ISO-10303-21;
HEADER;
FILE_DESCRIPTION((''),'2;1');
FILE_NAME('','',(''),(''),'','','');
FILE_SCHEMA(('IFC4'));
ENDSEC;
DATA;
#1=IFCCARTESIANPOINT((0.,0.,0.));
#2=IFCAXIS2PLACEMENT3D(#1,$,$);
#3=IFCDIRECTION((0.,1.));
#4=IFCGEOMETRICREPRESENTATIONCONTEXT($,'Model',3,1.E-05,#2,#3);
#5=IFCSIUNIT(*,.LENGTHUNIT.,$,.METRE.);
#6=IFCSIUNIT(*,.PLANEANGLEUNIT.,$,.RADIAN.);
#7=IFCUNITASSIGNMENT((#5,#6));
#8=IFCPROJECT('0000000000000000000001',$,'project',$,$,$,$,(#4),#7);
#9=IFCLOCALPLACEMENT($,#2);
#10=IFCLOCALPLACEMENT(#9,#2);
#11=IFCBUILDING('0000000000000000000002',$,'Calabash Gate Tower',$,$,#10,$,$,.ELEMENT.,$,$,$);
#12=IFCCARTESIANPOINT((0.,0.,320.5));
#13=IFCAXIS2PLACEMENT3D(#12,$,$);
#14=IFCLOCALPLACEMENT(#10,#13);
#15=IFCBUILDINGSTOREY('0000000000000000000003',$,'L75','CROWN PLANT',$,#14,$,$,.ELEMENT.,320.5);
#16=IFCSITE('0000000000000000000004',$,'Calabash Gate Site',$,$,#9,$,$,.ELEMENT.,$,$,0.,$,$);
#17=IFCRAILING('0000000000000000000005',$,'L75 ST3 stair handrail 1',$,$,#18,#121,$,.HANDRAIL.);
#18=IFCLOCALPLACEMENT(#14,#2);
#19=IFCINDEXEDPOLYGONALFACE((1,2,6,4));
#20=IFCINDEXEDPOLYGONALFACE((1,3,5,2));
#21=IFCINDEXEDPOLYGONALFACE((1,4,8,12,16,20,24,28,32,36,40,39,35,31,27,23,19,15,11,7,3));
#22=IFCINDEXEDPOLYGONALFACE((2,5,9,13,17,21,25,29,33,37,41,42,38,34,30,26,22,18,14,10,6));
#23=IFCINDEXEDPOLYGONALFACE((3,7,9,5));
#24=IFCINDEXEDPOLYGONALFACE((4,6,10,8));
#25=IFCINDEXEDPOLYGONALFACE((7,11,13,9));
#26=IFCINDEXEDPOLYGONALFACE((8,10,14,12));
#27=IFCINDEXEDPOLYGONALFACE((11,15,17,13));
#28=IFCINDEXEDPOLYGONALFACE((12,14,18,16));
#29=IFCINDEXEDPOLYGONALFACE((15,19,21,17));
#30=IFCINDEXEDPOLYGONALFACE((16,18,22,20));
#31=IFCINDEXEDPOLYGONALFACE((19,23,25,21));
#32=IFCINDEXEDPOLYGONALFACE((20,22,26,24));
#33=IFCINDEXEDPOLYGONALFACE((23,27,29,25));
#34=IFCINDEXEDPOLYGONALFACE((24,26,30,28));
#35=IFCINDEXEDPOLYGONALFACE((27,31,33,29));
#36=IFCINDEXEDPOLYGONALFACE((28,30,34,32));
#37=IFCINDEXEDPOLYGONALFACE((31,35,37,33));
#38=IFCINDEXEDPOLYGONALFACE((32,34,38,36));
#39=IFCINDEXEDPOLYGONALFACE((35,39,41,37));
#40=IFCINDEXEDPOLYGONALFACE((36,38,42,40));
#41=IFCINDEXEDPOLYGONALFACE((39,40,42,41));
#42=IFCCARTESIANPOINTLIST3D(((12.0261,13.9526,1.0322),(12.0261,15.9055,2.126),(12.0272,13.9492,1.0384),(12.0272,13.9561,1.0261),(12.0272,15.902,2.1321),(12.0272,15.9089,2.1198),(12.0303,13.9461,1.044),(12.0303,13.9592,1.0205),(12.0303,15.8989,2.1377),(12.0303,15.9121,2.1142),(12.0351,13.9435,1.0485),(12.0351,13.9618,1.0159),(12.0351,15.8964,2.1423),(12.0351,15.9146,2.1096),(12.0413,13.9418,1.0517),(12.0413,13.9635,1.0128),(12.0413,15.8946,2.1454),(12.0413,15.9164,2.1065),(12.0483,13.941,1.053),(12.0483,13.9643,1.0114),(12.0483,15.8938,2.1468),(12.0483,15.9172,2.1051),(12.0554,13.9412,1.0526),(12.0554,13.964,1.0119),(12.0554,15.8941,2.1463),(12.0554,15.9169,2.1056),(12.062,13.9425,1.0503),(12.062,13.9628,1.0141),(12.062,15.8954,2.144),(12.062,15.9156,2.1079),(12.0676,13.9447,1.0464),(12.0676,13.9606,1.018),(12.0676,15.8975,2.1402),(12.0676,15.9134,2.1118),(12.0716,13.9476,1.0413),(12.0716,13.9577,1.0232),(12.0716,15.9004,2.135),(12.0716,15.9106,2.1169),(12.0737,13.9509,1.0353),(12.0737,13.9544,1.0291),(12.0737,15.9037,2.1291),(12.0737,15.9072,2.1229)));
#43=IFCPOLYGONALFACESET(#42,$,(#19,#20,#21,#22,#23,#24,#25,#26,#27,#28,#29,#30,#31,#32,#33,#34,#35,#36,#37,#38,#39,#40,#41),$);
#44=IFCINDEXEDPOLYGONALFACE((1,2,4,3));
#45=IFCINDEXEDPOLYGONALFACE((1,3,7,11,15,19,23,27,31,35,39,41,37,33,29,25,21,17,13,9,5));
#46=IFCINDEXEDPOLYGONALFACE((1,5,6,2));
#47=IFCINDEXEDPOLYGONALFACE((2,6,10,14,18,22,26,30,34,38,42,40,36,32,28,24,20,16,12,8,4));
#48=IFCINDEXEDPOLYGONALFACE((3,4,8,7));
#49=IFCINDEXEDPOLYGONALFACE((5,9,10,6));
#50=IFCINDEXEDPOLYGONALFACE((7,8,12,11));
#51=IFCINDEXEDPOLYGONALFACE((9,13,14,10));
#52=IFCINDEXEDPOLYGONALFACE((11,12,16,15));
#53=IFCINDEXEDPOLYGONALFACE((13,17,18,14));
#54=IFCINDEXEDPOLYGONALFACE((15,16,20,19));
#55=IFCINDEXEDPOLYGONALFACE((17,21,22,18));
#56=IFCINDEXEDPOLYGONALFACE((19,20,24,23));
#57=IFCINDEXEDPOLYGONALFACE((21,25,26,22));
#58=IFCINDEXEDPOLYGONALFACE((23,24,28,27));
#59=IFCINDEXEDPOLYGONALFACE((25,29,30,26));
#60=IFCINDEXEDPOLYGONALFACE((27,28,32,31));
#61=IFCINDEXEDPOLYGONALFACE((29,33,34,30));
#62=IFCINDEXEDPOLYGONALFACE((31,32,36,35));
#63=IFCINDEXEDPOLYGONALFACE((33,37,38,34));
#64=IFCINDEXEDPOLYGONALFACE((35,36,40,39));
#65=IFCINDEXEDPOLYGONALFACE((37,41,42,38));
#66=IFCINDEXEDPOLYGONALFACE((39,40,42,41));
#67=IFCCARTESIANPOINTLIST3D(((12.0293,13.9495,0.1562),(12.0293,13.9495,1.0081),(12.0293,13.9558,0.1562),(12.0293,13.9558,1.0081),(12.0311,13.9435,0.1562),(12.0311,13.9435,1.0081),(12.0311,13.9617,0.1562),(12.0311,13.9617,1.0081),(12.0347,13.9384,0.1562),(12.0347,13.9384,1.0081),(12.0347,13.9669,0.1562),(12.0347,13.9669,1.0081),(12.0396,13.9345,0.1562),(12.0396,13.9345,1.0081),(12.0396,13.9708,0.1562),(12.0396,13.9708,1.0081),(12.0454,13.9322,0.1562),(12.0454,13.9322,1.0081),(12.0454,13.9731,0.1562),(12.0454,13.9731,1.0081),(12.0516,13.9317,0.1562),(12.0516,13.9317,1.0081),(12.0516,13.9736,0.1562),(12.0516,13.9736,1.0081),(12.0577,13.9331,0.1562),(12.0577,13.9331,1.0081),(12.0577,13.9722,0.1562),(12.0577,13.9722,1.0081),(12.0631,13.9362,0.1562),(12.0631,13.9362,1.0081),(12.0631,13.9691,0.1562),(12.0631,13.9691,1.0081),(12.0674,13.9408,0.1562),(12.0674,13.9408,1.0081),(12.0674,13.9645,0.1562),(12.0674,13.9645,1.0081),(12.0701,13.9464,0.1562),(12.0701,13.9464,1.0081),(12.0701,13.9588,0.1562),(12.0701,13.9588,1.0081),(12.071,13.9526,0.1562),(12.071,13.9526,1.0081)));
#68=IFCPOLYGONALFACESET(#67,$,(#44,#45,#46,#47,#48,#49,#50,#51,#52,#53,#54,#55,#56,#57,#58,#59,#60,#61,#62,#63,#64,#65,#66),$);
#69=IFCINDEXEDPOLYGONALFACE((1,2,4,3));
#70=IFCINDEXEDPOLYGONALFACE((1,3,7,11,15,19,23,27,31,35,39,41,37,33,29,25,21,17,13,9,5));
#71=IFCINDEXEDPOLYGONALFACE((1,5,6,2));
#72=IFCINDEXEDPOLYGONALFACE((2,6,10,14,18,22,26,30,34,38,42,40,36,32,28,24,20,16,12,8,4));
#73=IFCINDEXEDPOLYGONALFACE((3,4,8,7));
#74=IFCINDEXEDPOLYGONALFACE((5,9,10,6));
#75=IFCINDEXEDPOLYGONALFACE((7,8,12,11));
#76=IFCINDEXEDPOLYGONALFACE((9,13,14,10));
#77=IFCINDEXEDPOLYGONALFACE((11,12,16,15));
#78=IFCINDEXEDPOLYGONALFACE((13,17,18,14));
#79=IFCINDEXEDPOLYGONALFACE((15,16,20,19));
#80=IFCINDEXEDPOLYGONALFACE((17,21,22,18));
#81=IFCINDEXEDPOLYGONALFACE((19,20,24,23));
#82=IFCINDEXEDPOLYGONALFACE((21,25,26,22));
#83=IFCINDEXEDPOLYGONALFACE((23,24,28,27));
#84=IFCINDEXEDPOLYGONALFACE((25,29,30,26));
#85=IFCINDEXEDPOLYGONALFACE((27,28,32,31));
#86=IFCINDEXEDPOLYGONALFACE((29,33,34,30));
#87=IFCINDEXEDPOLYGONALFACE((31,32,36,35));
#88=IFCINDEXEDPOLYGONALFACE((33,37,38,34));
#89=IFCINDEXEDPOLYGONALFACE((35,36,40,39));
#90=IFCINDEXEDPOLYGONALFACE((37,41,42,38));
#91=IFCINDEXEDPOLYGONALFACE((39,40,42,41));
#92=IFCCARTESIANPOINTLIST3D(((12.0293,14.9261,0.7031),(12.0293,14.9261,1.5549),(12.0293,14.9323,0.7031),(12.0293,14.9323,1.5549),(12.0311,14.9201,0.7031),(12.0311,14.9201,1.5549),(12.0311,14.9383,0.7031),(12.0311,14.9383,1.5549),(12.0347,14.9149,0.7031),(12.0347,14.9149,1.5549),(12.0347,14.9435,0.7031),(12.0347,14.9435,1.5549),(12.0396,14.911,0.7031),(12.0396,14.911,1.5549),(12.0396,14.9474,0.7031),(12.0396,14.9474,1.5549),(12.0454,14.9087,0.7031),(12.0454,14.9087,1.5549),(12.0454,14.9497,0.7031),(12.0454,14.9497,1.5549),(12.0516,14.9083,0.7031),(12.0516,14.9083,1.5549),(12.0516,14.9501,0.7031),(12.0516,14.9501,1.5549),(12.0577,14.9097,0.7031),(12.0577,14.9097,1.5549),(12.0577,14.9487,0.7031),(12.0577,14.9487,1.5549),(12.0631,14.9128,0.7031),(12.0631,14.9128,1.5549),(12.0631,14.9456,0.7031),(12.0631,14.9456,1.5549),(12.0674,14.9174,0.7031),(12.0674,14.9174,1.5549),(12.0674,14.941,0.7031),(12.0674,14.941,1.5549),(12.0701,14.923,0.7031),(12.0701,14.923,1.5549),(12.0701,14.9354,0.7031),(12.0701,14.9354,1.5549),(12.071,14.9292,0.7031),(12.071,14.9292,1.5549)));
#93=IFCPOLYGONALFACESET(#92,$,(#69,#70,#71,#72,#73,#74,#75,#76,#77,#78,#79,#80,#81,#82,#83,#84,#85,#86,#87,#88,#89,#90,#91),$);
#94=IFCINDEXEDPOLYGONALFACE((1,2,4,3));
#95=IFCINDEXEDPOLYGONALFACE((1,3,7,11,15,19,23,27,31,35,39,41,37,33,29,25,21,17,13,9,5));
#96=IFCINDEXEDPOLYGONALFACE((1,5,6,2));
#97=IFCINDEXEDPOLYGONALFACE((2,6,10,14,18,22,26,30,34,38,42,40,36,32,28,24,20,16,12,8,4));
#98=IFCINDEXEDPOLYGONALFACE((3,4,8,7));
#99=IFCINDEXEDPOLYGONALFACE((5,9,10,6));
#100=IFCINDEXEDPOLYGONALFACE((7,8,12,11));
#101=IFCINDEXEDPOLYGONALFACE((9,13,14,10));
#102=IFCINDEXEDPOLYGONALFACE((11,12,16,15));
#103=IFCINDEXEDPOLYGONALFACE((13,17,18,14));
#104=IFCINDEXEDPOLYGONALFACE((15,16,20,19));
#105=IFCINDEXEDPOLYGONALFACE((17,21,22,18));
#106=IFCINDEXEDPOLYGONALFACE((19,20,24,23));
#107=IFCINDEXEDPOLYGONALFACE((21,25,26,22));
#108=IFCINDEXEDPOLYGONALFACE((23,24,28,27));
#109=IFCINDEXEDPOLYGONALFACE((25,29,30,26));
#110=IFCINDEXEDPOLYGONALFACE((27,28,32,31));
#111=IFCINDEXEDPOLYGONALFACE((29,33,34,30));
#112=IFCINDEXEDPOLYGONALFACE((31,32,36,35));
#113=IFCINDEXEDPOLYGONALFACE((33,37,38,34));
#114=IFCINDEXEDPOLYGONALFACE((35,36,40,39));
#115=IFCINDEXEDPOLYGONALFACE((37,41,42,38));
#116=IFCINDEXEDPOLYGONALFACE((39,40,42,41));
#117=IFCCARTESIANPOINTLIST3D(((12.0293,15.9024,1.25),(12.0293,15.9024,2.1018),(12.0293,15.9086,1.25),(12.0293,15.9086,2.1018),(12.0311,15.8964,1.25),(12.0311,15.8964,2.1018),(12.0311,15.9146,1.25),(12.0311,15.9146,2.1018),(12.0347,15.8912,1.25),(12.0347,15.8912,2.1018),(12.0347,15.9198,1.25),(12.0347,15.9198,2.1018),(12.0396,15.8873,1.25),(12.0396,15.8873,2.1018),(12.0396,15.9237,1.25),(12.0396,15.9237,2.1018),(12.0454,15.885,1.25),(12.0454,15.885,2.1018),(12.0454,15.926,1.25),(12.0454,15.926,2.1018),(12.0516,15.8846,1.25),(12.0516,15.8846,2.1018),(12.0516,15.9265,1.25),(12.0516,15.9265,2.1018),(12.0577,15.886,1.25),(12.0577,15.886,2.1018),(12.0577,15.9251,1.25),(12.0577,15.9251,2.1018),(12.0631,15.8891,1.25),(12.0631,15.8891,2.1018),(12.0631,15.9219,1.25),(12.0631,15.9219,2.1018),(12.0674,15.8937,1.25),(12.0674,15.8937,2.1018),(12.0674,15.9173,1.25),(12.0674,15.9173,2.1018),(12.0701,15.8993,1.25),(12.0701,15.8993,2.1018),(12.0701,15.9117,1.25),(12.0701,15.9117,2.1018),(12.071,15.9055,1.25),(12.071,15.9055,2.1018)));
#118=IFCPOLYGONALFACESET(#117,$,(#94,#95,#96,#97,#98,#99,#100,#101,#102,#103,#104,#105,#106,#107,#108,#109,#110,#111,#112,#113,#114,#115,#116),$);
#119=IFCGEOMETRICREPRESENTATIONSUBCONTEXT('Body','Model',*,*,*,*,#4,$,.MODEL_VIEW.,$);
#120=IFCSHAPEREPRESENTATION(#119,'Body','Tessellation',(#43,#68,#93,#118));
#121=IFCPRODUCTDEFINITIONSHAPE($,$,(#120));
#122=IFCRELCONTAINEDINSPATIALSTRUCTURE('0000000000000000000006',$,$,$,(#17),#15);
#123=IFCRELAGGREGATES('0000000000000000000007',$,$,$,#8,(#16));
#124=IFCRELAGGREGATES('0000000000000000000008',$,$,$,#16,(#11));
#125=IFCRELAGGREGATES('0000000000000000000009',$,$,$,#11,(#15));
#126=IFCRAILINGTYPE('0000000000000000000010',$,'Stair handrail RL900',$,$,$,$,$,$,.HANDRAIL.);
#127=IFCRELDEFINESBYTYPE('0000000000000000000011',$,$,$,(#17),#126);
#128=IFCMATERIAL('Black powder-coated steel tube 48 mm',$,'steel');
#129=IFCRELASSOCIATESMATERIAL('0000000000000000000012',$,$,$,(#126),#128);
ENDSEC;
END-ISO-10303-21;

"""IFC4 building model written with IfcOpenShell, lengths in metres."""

from ifc_helpers import new_model, si_unit, direction, frame, origin, origin_2d, place, context, subcontext, project, spatial, circle, extrude, material, type_object, element, save


model = new_model("IFC4")

# Units and contexts
model_context = context("Model", 3, precision=1e-05, world=origin(), true_north=direction((0.0, 1.0)))
body_context = subcontext(model_context, "Body", "Model", "MODEL_VIEW")
ifc_project = project(units=[si_unit("LENGTHUNIT", "METRE"), si_unit("PLANEANGLEUNIT", "RADIAN")], contexts=[model_context])

# Site, building, storey
site_placement = place(None, origin())
site = spatial("IfcSite", under=ifc_project, at=site_placement, Name="Calabash Gate Site", CompositionType="ELEMENT", RefElevation=0.0)
building_placement = place(site_placement, origin())
building = spatial("IfcBuilding", under=site, at=building_placement, Name="Calabash Gate Tower", CompositionType="ELEMENT")
storey_placement = place(building_placement, frame((0.0, 0.0, 320.5)))
storey = spatial("IfcBuildingStorey", under=building, at=storey_placement, Name="L75", Description="CROWN PLANT", CompositionType="ELEMENT", Elevation=320.5)

# Railing
ifc_material_1 = material(Name="Black powder-coated steel tube 48 mm", Category="steel")
railing_type_1 = type_object("IfcRailingType", Name="Stair handrail RL900", PredefinedType="HANDRAIL", material=ifc_material_1)
railing_1_placement = place(storey_placement, frame((12.05, 13.9526, 0.1562)))
element("IfcRailing", 1, at=railing_1_placement, inside=storey, type_object=railing_type_1, Name="L75 ST3 stair handrail 1", PredefinedType="HANDRAIL", context=body_context, shape_type="SweptSolid", body=[
    extrude(circle(Radius=0.0239, at=origin_2d()), frame((0.0, 0.0, 0.876), z_axis=(0.0, 0.87248, 0.48865), x_axis=(-1.0, 0.0, 0.0)), (0.0, 0.0, 1.0), 2.2383),
    extrude(circle(Radius=0.021, at=origin_2d()), origin(), (0.0, 0.0, 1.0), 0.8518),
    extrude(circle(Radius=0.021, at=origin_2d()), frame((0.0, 0.9766, 0.5469)), (0.0, 0.0, 1.0), 0.8518),
    extrude(circle(Radius=0.021, at=origin_2d()), frame((0.0, 1.9529, 1.0938)), (0.0, 0.0, 1.0), 0.8518),
])

save(model, "model.ifc")
